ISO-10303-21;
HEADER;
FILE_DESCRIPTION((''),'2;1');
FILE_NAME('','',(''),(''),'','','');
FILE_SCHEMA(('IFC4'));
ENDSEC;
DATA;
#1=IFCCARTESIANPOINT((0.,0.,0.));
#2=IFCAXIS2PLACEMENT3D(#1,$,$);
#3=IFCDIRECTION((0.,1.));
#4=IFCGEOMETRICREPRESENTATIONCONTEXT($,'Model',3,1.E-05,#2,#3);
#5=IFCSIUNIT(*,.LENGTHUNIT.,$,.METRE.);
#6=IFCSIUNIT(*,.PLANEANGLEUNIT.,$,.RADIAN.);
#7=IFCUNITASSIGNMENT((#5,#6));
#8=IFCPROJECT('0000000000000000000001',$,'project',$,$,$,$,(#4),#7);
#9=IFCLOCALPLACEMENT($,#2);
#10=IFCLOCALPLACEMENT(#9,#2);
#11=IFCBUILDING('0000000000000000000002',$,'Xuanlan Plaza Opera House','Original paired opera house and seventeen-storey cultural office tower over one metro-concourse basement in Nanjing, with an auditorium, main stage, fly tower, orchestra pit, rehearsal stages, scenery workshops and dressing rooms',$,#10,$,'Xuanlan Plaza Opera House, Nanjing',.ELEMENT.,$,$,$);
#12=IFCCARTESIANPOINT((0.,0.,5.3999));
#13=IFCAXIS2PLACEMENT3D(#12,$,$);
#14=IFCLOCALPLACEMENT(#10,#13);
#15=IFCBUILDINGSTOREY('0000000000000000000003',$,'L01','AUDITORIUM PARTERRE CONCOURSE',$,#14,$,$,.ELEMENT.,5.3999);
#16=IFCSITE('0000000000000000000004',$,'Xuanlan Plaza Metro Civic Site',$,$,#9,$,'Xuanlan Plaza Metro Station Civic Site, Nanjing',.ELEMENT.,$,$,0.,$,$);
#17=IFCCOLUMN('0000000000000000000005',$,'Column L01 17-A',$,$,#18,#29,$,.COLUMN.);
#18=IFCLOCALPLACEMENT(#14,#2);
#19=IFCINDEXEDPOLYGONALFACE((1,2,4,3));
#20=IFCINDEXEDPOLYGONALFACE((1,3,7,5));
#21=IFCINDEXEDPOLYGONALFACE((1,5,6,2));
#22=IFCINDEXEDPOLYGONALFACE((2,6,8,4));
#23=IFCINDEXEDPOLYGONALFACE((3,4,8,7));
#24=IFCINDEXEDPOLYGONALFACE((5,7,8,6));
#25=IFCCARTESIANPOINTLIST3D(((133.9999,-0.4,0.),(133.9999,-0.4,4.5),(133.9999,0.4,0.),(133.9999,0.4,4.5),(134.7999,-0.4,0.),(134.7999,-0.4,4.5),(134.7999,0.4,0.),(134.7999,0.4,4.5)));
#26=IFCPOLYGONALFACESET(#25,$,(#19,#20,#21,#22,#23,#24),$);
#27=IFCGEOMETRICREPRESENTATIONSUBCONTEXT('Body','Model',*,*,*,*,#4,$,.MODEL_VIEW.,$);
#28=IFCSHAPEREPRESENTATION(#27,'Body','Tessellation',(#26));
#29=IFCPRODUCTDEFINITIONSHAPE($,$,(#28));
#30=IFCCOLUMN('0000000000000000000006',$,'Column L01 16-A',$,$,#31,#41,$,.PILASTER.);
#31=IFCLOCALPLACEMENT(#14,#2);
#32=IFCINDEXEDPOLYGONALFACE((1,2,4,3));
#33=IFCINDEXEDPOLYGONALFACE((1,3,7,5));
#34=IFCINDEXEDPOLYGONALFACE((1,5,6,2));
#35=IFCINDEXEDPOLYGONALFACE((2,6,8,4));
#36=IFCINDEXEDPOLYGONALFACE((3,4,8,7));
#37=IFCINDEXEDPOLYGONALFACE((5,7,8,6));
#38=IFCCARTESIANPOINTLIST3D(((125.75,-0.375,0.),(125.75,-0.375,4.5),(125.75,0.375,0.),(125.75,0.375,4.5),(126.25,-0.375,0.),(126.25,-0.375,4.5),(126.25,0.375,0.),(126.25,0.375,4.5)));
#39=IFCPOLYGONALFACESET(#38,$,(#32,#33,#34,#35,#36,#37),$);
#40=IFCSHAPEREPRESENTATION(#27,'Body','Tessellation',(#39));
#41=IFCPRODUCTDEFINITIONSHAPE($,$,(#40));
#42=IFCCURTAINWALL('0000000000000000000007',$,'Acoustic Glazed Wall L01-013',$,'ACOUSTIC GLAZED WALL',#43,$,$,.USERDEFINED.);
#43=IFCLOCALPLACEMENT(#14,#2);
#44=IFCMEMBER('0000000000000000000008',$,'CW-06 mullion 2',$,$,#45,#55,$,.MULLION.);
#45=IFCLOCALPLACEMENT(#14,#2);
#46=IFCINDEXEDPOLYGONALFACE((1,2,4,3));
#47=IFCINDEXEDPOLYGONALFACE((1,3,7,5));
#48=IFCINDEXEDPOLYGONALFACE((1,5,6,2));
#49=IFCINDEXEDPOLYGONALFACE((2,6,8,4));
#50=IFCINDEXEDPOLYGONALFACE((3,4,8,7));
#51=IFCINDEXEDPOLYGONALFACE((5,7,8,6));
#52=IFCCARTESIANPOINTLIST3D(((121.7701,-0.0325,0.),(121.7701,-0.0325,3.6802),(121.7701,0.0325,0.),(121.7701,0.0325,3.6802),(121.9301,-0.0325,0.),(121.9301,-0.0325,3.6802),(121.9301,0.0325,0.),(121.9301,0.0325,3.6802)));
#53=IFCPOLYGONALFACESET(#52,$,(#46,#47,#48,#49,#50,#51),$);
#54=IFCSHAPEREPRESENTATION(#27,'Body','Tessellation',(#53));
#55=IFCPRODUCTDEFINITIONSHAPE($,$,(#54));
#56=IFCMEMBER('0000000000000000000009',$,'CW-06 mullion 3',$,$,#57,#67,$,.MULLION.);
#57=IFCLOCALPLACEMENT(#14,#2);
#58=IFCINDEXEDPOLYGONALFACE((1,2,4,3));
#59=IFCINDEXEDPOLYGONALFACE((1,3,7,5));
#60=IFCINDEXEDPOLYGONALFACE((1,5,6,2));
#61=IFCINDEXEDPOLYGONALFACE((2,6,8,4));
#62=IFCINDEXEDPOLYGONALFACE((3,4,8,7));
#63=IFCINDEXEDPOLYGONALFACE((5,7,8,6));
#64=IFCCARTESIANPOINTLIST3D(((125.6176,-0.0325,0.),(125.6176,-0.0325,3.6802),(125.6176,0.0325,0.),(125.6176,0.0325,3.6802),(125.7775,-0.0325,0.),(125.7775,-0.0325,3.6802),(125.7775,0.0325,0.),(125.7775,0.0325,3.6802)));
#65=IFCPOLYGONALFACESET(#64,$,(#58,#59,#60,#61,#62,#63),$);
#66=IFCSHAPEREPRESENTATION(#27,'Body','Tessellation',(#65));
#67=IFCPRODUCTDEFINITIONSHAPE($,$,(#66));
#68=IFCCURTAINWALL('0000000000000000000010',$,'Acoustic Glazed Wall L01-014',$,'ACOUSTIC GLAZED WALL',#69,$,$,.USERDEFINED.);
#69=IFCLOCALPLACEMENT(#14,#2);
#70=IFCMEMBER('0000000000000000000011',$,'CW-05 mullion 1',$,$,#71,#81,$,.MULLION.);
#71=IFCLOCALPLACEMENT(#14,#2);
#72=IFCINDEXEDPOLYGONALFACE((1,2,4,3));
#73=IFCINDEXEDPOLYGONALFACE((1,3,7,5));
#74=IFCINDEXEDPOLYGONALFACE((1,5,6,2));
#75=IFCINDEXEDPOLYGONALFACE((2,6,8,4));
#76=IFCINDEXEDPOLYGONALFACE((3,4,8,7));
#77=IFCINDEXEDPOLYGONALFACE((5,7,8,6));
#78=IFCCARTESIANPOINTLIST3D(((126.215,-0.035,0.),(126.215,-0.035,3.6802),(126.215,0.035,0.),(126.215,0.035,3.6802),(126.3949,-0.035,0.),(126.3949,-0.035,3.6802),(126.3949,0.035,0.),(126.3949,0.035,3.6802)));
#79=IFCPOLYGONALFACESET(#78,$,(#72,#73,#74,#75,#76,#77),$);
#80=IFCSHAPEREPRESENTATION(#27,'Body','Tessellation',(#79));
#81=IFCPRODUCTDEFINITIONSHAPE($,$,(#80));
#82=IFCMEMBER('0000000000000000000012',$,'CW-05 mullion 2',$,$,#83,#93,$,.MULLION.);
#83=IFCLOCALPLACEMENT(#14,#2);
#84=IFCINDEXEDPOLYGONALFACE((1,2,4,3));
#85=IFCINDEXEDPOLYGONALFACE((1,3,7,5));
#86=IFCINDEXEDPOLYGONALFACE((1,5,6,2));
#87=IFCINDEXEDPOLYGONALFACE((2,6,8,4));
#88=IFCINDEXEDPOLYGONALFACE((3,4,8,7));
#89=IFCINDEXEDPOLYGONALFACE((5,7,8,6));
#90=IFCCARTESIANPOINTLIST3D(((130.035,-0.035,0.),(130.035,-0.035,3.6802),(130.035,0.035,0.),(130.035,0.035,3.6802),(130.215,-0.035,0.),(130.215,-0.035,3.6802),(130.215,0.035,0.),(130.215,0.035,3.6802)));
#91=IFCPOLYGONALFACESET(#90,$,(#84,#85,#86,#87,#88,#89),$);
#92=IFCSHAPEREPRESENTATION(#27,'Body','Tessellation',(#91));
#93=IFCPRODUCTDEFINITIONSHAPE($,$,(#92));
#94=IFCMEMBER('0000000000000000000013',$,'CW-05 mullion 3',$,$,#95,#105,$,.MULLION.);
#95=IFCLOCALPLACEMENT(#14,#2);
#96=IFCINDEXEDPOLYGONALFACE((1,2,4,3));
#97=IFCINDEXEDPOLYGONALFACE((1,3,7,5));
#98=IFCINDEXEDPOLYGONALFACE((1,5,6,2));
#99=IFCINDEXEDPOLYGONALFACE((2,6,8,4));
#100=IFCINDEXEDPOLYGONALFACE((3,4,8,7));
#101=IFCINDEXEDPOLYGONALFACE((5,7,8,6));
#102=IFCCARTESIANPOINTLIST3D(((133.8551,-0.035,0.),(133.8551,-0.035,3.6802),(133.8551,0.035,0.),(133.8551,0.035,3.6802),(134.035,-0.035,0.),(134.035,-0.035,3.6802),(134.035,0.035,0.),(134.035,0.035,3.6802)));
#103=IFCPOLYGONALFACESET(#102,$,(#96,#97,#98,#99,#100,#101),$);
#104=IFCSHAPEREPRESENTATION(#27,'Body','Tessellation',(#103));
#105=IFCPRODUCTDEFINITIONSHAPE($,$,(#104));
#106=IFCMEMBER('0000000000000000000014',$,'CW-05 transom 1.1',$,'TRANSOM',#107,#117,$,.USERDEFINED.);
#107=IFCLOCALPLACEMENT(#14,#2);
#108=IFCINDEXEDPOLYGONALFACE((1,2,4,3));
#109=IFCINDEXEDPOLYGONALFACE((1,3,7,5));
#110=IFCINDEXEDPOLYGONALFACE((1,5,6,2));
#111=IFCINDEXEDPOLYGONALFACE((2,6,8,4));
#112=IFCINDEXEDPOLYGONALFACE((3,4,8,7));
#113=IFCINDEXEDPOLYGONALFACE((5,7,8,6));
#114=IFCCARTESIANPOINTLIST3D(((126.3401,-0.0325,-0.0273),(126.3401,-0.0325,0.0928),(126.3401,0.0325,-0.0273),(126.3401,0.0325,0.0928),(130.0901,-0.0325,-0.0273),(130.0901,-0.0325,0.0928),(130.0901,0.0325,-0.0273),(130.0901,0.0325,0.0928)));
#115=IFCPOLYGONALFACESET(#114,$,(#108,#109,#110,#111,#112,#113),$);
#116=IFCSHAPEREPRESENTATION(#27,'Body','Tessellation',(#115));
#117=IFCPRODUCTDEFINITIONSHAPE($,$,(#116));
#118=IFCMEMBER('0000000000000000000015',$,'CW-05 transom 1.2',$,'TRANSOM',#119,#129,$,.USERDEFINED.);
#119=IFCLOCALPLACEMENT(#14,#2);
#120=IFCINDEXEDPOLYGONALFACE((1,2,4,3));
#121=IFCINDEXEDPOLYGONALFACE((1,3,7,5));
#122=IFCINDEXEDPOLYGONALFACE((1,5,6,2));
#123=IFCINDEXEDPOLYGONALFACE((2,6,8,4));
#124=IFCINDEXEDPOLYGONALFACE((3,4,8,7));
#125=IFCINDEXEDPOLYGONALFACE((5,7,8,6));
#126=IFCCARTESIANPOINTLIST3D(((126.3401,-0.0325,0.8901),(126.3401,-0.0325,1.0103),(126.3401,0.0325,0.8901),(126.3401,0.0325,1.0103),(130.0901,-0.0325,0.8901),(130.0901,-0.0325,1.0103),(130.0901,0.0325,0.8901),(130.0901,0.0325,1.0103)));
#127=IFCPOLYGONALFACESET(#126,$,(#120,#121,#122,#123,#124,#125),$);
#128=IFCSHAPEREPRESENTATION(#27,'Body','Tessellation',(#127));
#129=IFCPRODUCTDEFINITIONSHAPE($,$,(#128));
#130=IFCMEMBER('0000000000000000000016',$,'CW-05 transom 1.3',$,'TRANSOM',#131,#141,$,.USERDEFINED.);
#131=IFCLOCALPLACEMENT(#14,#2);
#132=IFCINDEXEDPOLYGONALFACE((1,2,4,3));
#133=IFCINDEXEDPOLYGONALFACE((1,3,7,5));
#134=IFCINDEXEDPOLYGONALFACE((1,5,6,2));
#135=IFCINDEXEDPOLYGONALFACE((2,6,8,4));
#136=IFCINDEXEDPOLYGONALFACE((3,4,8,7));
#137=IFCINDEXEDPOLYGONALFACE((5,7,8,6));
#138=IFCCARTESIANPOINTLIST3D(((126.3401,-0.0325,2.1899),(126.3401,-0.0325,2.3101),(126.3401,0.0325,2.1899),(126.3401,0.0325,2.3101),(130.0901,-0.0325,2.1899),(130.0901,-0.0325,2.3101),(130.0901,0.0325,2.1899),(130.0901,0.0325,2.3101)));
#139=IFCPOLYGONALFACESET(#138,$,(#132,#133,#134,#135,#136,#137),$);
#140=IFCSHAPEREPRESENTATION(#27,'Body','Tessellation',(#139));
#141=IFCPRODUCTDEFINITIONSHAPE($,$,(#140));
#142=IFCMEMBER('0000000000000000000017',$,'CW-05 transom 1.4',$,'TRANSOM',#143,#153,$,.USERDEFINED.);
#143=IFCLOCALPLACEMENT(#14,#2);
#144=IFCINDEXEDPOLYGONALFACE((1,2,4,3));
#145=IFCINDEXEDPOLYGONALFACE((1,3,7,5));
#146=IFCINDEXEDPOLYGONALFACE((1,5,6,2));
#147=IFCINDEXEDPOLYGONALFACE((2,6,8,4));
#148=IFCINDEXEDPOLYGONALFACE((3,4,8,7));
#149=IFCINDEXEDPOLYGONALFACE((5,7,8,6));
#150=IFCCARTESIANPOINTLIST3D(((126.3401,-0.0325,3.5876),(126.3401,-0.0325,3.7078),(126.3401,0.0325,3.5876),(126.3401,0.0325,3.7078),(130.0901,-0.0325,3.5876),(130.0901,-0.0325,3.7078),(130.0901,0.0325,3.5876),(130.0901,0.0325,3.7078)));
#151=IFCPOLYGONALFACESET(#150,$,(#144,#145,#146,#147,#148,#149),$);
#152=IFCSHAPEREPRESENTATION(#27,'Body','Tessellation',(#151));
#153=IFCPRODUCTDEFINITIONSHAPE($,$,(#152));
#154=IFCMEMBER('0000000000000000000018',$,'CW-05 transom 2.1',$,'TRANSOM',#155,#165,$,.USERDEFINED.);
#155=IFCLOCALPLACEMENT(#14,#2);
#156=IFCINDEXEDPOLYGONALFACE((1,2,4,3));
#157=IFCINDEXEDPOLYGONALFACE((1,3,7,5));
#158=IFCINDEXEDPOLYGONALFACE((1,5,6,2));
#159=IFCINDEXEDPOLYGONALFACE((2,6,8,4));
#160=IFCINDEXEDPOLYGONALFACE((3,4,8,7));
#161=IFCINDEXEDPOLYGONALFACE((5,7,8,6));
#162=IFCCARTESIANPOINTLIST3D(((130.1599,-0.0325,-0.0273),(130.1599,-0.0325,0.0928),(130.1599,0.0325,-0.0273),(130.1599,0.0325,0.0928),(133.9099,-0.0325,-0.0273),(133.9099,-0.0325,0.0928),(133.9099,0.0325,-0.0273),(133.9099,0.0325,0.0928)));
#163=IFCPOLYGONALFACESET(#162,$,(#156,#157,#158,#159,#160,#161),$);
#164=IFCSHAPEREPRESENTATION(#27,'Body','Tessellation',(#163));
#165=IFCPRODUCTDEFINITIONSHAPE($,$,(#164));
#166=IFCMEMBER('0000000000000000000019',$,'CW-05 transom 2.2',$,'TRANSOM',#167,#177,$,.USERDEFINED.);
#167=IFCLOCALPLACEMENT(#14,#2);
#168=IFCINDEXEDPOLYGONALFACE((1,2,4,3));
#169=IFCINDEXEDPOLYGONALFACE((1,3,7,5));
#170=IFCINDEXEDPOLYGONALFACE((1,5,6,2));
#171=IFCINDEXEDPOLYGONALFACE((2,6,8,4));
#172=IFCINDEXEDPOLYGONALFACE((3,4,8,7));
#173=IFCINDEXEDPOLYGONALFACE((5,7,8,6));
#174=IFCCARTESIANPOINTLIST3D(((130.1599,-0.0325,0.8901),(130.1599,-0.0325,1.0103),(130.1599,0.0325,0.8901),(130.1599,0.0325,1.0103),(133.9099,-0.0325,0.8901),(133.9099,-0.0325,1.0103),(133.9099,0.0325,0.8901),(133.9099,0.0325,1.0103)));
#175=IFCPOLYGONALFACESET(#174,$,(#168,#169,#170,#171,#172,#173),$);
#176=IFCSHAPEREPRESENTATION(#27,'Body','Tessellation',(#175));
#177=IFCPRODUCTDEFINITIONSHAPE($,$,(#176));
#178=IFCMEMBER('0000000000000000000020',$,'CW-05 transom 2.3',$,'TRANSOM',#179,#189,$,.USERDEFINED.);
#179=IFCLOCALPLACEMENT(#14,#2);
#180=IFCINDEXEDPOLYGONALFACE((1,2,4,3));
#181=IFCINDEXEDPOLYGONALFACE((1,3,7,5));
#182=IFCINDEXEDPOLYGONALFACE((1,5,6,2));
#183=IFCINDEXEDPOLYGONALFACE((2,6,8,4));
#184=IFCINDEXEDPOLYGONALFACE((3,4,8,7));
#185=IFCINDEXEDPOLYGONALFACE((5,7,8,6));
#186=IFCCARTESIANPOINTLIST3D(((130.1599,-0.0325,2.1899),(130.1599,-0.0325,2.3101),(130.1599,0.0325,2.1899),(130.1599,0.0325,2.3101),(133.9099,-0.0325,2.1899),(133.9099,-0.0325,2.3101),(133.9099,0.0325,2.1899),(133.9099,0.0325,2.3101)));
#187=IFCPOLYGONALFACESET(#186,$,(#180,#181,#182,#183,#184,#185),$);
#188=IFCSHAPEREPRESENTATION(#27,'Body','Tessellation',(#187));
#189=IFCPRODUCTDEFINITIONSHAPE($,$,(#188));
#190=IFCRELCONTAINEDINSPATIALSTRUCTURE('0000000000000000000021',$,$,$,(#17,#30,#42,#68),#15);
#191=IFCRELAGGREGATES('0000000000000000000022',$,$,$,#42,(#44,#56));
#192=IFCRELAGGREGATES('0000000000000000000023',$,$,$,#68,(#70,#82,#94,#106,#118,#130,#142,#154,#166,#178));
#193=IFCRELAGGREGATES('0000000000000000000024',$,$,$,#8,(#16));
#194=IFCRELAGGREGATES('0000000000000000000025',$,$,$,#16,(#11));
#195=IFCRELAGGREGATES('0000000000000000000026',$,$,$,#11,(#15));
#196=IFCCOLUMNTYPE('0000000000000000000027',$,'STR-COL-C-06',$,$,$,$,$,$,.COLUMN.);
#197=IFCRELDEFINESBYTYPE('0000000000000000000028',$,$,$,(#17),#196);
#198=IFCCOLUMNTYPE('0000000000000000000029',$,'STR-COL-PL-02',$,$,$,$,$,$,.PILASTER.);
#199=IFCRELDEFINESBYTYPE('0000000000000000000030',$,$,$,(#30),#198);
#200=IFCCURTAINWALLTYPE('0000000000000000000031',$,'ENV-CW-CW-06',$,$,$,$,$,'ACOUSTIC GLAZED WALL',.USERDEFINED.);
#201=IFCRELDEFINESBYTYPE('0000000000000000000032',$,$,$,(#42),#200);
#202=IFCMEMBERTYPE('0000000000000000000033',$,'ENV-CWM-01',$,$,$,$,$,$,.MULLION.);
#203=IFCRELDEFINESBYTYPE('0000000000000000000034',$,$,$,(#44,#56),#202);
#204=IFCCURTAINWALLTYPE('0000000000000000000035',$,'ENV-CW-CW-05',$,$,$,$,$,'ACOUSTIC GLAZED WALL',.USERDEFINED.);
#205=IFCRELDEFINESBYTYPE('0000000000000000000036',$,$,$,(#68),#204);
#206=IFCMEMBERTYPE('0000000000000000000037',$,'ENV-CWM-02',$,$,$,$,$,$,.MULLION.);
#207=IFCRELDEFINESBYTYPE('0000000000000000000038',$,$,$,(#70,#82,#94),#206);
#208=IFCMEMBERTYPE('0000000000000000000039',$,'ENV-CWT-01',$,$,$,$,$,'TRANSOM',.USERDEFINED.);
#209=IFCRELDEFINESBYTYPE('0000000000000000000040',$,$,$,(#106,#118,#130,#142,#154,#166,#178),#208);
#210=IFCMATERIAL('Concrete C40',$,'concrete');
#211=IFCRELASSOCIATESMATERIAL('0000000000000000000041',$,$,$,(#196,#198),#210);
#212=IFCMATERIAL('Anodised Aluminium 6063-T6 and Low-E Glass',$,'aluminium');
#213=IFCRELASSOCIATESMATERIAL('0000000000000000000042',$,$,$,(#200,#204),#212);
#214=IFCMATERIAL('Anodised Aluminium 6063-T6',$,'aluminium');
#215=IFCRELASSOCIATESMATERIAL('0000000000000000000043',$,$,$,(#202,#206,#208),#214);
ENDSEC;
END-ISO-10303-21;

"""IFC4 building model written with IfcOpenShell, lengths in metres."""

from ifc_helpers import new_model, si_unit, direction, frame, origin, origin_2d, place, context, subcontext, project, spatial, rectangle, extrude, material, material_profile, profile_set, type_object, element, aggregate, save


model = new_model("IFC4")

# Units and contexts
model_context = context("Model", 3, precision=1e-05, world=origin(), true_north=direction((0.0, 1.0)))
body_context = subcontext(model_context, "Body", "Model", "MODEL_VIEW")
ifc_project = project(units=[si_unit("LENGTHUNIT", "METRE"), si_unit("PLANEANGLEUNIT", "RADIAN")], contexts=[model_context])

# Site, building, storey
site_placement = place(None, origin())
site = spatial("IfcSite", under=ifc_project, at=site_placement, Name="Xuanlan Plaza Metro Civic Site", LongName="Xuanlan Plaza Metro Station Civic Site, Nanjing", CompositionType="ELEMENT", RefElevation=0.0)
building_placement = place(site_placement, origin())
building = spatial("IfcBuilding", under=site, at=building_placement, Name="Xuanlan Plaza Opera House", Description="Original paired opera house and seventeen-storey cultural office tower over one metro-concourse basement in Nanjing, with an auditorium, main stage, fly tower, orchestra pit, rehearsal stages, scenery workshops and dressing rooms", LongName="Xuanlan Plaza Opera House, Nanjing", CompositionType="ELEMENT")
storey_placement = place(building_placement, frame((0.0, 0.0, 5.3999)))
storey = spatial("IfcBuildingStorey", under=building, at=storey_placement, Name="L01", Description="AUDITORIUM PARTERRE CONCOURSE", CompositionType="ELEMENT", Elevation=5.3999)

# Columns
ifc_material_1 = material(Name="Concrete C40", Category="concrete")
ifc_material_profile_1 = material_profile(ifc_material_1, rectangle(XDim=0.8, YDim=0.8, at=origin_2d()), Name="RC-COL 800x800")
ifc_profile_set_1 = profile_set([ifc_material_profile_1], Name="Concrete C40")
column_type_1 = type_object("IfcColumnType", Name="STR-COL-C-06", PredefinedType="COLUMN", material=ifc_profile_set_1)
column_1_placement = place(storey_placement, frame((134.3999, 0.0, 0.0), z_axis=(0.0, 0.0, 1.0), x_axis=(1.0, 0.0, 0.0)))
element("IfcColumn", 1, at=column_1_placement, inside=storey, type_object=column_type_1, Name="Column L01 17-A", PredefinedType="COLUMN", context=body_context, shape_type="SweptSolid", body=[
    extrude(rectangle(XDim=0.8, YDim=0.8, at=origin_2d()), origin(), (0.0, 0.0, 1.0), 4.5),
])
ifc_material_profile_2 = material_profile(ifc_material_1, rectangle(XDim=0.5, YDim=0.75, at=origin_2d()), Name="RC-PIL 500x750")
ifc_profile_set_2 = profile_set([ifc_material_profile_2], Name="Concrete C40")
column_type_2 = type_object("IfcColumnType", Name="STR-COL-PL-02", PredefinedType="PILASTER", material=ifc_profile_set_2)
column_2_placement = place(storey_placement, frame((126.0, 0.0, 0.0), z_axis=(0.0, 0.0, 1.0), x_axis=(1.0, 0.0, 0.0)))
element("IfcColumn", 2, at=column_2_placement, inside=storey, type_object=column_type_2, Name="Column L01 16-A", PredefinedType="PILASTER", context=body_context, shape_type="SweptSolid", body=[
    extrude(rectangle(XDim=0.5, YDim=0.75, at=origin_2d()), origin(), (0.0, 0.0, 1.0), 4.5),
])

# Curtain walls, members
ifc_material_2 = material(Name="Anodised Aluminium 6063-T6 and Low-E Glass", Category="aluminium")
curtain_wall_type_1 = type_object("IfcCurtainWallType", Name="ENV-CW-CW-06", ElementType="ACOUSTIC GLAZED WALL", PredefinedType="USERDEFINED", material=ifc_material_2)
curtain_wall_1_placement = place(storey_placement, origin())
curtain_wall_1 = element("IfcCurtainWall", 3, at=curtain_wall_1_placement, inside=storey, type_object=curtain_wall_type_1, Name="Acoustic Glazed Wall L01-013", ObjectType="ACOUSTIC GLAZED WALL", PredefinedType="USERDEFINED")
ifc_material_3 = material(Name="Anodised Aluminium 6063-T6", Category="aluminium")
ifc_material_profile_3 = material_profile(ifc_material_3, rectangle(XDim=0.0649, YDim=0.1599, at=origin_2d()), Name="ALU-M 65x160")
ifc_profile_set_3 = profile_set([ifc_material_profile_3], Name="Anodised Aluminium 6063-T6")
member_type_1 = type_object("IfcMemberType", Name="ENV-CWM-01", PredefinedType="MULLION", material=ifc_profile_set_3)
member_1_placement = place(storey_placement, frame((121.8501, 0.0, 0.0), z_axis=(0.0, 0.0, 1.0), x_axis=(0.0, 1.0, 0.0)))
member_1 = element("IfcMember", 4, at=member_1_placement, type_object=member_type_1, Name="CW-06 mullion 2", PredefinedType="MULLION", context=body_context, shape_type="SweptSolid", body=[
    extrude(rectangle(XDim=0.0649, YDim=0.1599, at=origin_2d()), origin(), (0.0, 0.0, 1.0), 3.6802),
])
member_2_placement = place(storey_placement, frame((125.6975, 0.0, 0.0), z_axis=(0.0, 0.0, 1.0), x_axis=(0.0, 1.0, 0.0)))
member_2 = element("IfcMember", 5, at=member_2_placement, type_object=member_type_1, Name="CW-06 mullion 3", PredefinedType="MULLION", context=body_context, shape_type="SweptSolid", body=[
    extrude(rectangle(XDim=0.0649, YDim=0.1599, at=origin_2d()), origin(), (0.0, 0.0, 1.0), 3.6802),
])
curtain_wall_type_2 = type_object("IfcCurtainWallType", Name="ENV-CW-CW-05", ElementType="ACOUSTIC GLAZED WALL", PredefinedType="USERDEFINED", material=ifc_material_2)
curtain_wall_2_placement = place(storey_placement, origin())
curtain_wall_2 = element("IfcCurtainWall", 6, at=curtain_wall_2_placement, inside=storey, type_object=curtain_wall_type_2, Name="Acoustic Glazed Wall L01-014", ObjectType="ACOUSTIC GLAZED WALL", PredefinedType="USERDEFINED")
ifc_material_profile_4 = material_profile(ifc_material_3, rectangle(XDim=0.0701, YDim=0.1799, at=origin_2d()), Name="ALU-M 70x180")
ifc_profile_set_4 = profile_set([ifc_material_profile_4], Name="Anodised Aluminium 6063-T6")
member_type_2 = type_object("IfcMemberType", Name="ENV-CWM-02", PredefinedType="MULLION", material=ifc_profile_set_4)
member_3_placement = place(storey_placement, frame((126.3049, 0.0, 0.0), z_axis=(0.0, 0.0, 1.0), x_axis=(0.0, 1.0, 0.0)))
member_3 = element("IfcMember", 7, at=member_3_placement, type_object=member_type_2, Name="CW-05 mullion 1", PredefinedType="MULLION", context=body_context, shape_type="SweptSolid", body=[
    extrude(rectangle(XDim=0.0701, YDim=0.1799, at=origin_2d()), origin(), (0.0, 0.0, 1.0), 3.6802),
])
member_4_placement = place(storey_placement, frame((130.125, 0.0, 0.0), z_axis=(0.0, 0.0, 1.0), x_axis=(0.0, 1.0, 0.0)))
member_4 = element("IfcMember", 8, at=member_4_placement, type_object=member_type_2, Name="CW-05 mullion 2", PredefinedType="MULLION", context=body_context, shape_type="SweptSolid", body=[
    extrude(rectangle(XDim=0.0701, YDim=0.1799, at=origin_2d()), origin(), (0.0, 0.0, 1.0), 3.6802),
])
member_5_placement = place(storey_placement, frame((133.9451, 0.0, 0.0), z_axis=(0.0, 0.0, 1.0), x_axis=(0.0, 1.0, 0.0)))
member_5 = element("IfcMember", 9, at=member_5_placement, type_object=member_type_2, Name="CW-05 mullion 3", PredefinedType="MULLION", context=body_context, shape_type="SweptSolid", body=[
    extrude(rectangle(XDim=0.0701, YDim=0.1799, at=origin_2d()), origin(), (0.0, 0.0, 1.0), 3.6802),
])
ifc_material_profile_5 = material_profile(ifc_material_3, rectangle(XDim=0.0649, YDim=0.1201, at=origin_2d()), Name="ALU-T 65x120")
ifc_profile_set_5 = profile_set([ifc_material_profile_5], Name="Anodised Aluminium 6063-T6")
member_type_3 = type_object("IfcMemberType", Name="ENV-CWT-01", ElementType="TRANSOM", PredefinedType="USERDEFINED", material=ifc_profile_set_5)
member_6_placement = place(storey_placement, frame((126.3401, 0.0, 0.0327), z_axis=(1.0, 0.0, 0.0), x_axis=(0.0, 1.0, 0.0)))
member_6 = element("IfcMember", 10, at=member_6_placement, type_object=member_type_3, Name="CW-05 transom 1.1", ObjectType="TRANSOM", PredefinedType="USERDEFINED", context=body_context, shape_type="SweptSolid", body=[
    extrude(rectangle(XDim=0.0649, YDim=0.1201, at=origin_2d()), origin(), (0.0, 0.0, 1.0), 3.75),
])
member_7_placement = place(storey_placement, frame((126.3401, 0.0, 0.9502), z_axis=(1.0, 0.0, 0.0), x_axis=(0.0, 1.0, 0.0)))
member_7 = element("IfcMember", 11, at=member_7_placement, type_object=member_type_3, Name="CW-05 transom 1.2", ObjectType="TRANSOM", PredefinedType="USERDEFINED", context=body_context, shape_type="SweptSolid", body=[
    extrude(rectangle(XDim=0.0649, YDim=0.1201, at=origin_2d()), origin(), (0.0, 0.0, 1.0), 3.75),
])
member_8_placement = place(storey_placement, frame((126.3401, 0.0, 2.25), z_axis=(1.0, 0.0, 0.0), x_axis=(0.0, 1.0, 0.0)))
member_8 = element("IfcMember", 12, at=member_8_placement, type_object=member_type_3, Name="CW-05 transom 1.3", ObjectType="TRANSOM", PredefinedType="USERDEFINED", context=body_context, shape_type="SweptSolid", body=[
    extrude(rectangle(XDim=0.0649, YDim=0.1201, at=origin_2d()), origin(), (0.0, 0.0, 1.0), 3.75),
])
member_9_placement = place(storey_placement, frame((126.3401, 0.0, 3.6477), z_axis=(1.0, 0.0, 0.0), x_axis=(0.0, 1.0, 0.0)))
member_9 = element("IfcMember", 13, at=member_9_placement, type_object=member_type_3, Name="CW-05 transom 1.4", ObjectType="TRANSOM", PredefinedType="USERDEFINED", context=body_context, shape_type="SweptSolid", body=[
    extrude(rectangle(XDim=0.0649, YDim=0.1201, at=origin_2d()), origin(), (0.0, 0.0, 1.0), 3.75),
])
member_10_placement = place(storey_placement, frame((130.1599, 0.0, 0.0327), z_axis=(1.0, 0.0, 0.0), x_axis=(0.0, 1.0, 0.0)))
member_10 = element("IfcMember", 14, at=member_10_placement, type_object=member_type_3, Name="CW-05 transom 2.1", ObjectType="TRANSOM", PredefinedType="USERDEFINED", context=body_context, shape_type="SweptSolid", body=[
    extrude(rectangle(XDim=0.0649, YDim=0.1201, at=origin_2d()), origin(), (0.0, 0.0, 1.0), 3.75),
])
member_11_placement = place(storey_placement, frame((130.1599, 0.0, 0.9502), z_axis=(1.0, 0.0, 0.0), x_axis=(0.0, 1.0, 0.0)))
member_11 = element("IfcMember", 15, at=member_11_placement, type_object=member_type_3, Name="CW-05 transom 2.2", ObjectType="TRANSOM", PredefinedType="USERDEFINED", context=body_context, shape_type="SweptSolid", body=[
    extrude(rectangle(XDim=0.0649, YDim=0.1201, at=origin_2d()), origin(), (0.0, 0.0, 1.0), 3.75),
])
member_12_placement = place(storey_placement, frame((130.1599, 0.0, 2.25), z_axis=(1.0, 0.0, 0.0), x_axis=(0.0, 1.0, 0.0)))
member_12 = element("IfcMember", 16, at=member_12_placement, type_object=member_type_3, Name="CW-05 transom 2.3", ObjectType="TRANSOM", PredefinedType="USERDEFINED", context=body_context, shape_type="SweptSolid", body=[
    extrude(rectangle(XDim=0.0649, YDim=0.1201, at=origin_2d()), origin(), (0.0, 0.0, 1.0), 3.75),
])

aggregate(curtain_wall_1, [member_1, member_2])
aggregate(curtain_wall_2, [member_3, member_4, member_5, member_6, member_7, member_8, member_9, member_10, member_11, member_12])

save(model, "model.ifc")
